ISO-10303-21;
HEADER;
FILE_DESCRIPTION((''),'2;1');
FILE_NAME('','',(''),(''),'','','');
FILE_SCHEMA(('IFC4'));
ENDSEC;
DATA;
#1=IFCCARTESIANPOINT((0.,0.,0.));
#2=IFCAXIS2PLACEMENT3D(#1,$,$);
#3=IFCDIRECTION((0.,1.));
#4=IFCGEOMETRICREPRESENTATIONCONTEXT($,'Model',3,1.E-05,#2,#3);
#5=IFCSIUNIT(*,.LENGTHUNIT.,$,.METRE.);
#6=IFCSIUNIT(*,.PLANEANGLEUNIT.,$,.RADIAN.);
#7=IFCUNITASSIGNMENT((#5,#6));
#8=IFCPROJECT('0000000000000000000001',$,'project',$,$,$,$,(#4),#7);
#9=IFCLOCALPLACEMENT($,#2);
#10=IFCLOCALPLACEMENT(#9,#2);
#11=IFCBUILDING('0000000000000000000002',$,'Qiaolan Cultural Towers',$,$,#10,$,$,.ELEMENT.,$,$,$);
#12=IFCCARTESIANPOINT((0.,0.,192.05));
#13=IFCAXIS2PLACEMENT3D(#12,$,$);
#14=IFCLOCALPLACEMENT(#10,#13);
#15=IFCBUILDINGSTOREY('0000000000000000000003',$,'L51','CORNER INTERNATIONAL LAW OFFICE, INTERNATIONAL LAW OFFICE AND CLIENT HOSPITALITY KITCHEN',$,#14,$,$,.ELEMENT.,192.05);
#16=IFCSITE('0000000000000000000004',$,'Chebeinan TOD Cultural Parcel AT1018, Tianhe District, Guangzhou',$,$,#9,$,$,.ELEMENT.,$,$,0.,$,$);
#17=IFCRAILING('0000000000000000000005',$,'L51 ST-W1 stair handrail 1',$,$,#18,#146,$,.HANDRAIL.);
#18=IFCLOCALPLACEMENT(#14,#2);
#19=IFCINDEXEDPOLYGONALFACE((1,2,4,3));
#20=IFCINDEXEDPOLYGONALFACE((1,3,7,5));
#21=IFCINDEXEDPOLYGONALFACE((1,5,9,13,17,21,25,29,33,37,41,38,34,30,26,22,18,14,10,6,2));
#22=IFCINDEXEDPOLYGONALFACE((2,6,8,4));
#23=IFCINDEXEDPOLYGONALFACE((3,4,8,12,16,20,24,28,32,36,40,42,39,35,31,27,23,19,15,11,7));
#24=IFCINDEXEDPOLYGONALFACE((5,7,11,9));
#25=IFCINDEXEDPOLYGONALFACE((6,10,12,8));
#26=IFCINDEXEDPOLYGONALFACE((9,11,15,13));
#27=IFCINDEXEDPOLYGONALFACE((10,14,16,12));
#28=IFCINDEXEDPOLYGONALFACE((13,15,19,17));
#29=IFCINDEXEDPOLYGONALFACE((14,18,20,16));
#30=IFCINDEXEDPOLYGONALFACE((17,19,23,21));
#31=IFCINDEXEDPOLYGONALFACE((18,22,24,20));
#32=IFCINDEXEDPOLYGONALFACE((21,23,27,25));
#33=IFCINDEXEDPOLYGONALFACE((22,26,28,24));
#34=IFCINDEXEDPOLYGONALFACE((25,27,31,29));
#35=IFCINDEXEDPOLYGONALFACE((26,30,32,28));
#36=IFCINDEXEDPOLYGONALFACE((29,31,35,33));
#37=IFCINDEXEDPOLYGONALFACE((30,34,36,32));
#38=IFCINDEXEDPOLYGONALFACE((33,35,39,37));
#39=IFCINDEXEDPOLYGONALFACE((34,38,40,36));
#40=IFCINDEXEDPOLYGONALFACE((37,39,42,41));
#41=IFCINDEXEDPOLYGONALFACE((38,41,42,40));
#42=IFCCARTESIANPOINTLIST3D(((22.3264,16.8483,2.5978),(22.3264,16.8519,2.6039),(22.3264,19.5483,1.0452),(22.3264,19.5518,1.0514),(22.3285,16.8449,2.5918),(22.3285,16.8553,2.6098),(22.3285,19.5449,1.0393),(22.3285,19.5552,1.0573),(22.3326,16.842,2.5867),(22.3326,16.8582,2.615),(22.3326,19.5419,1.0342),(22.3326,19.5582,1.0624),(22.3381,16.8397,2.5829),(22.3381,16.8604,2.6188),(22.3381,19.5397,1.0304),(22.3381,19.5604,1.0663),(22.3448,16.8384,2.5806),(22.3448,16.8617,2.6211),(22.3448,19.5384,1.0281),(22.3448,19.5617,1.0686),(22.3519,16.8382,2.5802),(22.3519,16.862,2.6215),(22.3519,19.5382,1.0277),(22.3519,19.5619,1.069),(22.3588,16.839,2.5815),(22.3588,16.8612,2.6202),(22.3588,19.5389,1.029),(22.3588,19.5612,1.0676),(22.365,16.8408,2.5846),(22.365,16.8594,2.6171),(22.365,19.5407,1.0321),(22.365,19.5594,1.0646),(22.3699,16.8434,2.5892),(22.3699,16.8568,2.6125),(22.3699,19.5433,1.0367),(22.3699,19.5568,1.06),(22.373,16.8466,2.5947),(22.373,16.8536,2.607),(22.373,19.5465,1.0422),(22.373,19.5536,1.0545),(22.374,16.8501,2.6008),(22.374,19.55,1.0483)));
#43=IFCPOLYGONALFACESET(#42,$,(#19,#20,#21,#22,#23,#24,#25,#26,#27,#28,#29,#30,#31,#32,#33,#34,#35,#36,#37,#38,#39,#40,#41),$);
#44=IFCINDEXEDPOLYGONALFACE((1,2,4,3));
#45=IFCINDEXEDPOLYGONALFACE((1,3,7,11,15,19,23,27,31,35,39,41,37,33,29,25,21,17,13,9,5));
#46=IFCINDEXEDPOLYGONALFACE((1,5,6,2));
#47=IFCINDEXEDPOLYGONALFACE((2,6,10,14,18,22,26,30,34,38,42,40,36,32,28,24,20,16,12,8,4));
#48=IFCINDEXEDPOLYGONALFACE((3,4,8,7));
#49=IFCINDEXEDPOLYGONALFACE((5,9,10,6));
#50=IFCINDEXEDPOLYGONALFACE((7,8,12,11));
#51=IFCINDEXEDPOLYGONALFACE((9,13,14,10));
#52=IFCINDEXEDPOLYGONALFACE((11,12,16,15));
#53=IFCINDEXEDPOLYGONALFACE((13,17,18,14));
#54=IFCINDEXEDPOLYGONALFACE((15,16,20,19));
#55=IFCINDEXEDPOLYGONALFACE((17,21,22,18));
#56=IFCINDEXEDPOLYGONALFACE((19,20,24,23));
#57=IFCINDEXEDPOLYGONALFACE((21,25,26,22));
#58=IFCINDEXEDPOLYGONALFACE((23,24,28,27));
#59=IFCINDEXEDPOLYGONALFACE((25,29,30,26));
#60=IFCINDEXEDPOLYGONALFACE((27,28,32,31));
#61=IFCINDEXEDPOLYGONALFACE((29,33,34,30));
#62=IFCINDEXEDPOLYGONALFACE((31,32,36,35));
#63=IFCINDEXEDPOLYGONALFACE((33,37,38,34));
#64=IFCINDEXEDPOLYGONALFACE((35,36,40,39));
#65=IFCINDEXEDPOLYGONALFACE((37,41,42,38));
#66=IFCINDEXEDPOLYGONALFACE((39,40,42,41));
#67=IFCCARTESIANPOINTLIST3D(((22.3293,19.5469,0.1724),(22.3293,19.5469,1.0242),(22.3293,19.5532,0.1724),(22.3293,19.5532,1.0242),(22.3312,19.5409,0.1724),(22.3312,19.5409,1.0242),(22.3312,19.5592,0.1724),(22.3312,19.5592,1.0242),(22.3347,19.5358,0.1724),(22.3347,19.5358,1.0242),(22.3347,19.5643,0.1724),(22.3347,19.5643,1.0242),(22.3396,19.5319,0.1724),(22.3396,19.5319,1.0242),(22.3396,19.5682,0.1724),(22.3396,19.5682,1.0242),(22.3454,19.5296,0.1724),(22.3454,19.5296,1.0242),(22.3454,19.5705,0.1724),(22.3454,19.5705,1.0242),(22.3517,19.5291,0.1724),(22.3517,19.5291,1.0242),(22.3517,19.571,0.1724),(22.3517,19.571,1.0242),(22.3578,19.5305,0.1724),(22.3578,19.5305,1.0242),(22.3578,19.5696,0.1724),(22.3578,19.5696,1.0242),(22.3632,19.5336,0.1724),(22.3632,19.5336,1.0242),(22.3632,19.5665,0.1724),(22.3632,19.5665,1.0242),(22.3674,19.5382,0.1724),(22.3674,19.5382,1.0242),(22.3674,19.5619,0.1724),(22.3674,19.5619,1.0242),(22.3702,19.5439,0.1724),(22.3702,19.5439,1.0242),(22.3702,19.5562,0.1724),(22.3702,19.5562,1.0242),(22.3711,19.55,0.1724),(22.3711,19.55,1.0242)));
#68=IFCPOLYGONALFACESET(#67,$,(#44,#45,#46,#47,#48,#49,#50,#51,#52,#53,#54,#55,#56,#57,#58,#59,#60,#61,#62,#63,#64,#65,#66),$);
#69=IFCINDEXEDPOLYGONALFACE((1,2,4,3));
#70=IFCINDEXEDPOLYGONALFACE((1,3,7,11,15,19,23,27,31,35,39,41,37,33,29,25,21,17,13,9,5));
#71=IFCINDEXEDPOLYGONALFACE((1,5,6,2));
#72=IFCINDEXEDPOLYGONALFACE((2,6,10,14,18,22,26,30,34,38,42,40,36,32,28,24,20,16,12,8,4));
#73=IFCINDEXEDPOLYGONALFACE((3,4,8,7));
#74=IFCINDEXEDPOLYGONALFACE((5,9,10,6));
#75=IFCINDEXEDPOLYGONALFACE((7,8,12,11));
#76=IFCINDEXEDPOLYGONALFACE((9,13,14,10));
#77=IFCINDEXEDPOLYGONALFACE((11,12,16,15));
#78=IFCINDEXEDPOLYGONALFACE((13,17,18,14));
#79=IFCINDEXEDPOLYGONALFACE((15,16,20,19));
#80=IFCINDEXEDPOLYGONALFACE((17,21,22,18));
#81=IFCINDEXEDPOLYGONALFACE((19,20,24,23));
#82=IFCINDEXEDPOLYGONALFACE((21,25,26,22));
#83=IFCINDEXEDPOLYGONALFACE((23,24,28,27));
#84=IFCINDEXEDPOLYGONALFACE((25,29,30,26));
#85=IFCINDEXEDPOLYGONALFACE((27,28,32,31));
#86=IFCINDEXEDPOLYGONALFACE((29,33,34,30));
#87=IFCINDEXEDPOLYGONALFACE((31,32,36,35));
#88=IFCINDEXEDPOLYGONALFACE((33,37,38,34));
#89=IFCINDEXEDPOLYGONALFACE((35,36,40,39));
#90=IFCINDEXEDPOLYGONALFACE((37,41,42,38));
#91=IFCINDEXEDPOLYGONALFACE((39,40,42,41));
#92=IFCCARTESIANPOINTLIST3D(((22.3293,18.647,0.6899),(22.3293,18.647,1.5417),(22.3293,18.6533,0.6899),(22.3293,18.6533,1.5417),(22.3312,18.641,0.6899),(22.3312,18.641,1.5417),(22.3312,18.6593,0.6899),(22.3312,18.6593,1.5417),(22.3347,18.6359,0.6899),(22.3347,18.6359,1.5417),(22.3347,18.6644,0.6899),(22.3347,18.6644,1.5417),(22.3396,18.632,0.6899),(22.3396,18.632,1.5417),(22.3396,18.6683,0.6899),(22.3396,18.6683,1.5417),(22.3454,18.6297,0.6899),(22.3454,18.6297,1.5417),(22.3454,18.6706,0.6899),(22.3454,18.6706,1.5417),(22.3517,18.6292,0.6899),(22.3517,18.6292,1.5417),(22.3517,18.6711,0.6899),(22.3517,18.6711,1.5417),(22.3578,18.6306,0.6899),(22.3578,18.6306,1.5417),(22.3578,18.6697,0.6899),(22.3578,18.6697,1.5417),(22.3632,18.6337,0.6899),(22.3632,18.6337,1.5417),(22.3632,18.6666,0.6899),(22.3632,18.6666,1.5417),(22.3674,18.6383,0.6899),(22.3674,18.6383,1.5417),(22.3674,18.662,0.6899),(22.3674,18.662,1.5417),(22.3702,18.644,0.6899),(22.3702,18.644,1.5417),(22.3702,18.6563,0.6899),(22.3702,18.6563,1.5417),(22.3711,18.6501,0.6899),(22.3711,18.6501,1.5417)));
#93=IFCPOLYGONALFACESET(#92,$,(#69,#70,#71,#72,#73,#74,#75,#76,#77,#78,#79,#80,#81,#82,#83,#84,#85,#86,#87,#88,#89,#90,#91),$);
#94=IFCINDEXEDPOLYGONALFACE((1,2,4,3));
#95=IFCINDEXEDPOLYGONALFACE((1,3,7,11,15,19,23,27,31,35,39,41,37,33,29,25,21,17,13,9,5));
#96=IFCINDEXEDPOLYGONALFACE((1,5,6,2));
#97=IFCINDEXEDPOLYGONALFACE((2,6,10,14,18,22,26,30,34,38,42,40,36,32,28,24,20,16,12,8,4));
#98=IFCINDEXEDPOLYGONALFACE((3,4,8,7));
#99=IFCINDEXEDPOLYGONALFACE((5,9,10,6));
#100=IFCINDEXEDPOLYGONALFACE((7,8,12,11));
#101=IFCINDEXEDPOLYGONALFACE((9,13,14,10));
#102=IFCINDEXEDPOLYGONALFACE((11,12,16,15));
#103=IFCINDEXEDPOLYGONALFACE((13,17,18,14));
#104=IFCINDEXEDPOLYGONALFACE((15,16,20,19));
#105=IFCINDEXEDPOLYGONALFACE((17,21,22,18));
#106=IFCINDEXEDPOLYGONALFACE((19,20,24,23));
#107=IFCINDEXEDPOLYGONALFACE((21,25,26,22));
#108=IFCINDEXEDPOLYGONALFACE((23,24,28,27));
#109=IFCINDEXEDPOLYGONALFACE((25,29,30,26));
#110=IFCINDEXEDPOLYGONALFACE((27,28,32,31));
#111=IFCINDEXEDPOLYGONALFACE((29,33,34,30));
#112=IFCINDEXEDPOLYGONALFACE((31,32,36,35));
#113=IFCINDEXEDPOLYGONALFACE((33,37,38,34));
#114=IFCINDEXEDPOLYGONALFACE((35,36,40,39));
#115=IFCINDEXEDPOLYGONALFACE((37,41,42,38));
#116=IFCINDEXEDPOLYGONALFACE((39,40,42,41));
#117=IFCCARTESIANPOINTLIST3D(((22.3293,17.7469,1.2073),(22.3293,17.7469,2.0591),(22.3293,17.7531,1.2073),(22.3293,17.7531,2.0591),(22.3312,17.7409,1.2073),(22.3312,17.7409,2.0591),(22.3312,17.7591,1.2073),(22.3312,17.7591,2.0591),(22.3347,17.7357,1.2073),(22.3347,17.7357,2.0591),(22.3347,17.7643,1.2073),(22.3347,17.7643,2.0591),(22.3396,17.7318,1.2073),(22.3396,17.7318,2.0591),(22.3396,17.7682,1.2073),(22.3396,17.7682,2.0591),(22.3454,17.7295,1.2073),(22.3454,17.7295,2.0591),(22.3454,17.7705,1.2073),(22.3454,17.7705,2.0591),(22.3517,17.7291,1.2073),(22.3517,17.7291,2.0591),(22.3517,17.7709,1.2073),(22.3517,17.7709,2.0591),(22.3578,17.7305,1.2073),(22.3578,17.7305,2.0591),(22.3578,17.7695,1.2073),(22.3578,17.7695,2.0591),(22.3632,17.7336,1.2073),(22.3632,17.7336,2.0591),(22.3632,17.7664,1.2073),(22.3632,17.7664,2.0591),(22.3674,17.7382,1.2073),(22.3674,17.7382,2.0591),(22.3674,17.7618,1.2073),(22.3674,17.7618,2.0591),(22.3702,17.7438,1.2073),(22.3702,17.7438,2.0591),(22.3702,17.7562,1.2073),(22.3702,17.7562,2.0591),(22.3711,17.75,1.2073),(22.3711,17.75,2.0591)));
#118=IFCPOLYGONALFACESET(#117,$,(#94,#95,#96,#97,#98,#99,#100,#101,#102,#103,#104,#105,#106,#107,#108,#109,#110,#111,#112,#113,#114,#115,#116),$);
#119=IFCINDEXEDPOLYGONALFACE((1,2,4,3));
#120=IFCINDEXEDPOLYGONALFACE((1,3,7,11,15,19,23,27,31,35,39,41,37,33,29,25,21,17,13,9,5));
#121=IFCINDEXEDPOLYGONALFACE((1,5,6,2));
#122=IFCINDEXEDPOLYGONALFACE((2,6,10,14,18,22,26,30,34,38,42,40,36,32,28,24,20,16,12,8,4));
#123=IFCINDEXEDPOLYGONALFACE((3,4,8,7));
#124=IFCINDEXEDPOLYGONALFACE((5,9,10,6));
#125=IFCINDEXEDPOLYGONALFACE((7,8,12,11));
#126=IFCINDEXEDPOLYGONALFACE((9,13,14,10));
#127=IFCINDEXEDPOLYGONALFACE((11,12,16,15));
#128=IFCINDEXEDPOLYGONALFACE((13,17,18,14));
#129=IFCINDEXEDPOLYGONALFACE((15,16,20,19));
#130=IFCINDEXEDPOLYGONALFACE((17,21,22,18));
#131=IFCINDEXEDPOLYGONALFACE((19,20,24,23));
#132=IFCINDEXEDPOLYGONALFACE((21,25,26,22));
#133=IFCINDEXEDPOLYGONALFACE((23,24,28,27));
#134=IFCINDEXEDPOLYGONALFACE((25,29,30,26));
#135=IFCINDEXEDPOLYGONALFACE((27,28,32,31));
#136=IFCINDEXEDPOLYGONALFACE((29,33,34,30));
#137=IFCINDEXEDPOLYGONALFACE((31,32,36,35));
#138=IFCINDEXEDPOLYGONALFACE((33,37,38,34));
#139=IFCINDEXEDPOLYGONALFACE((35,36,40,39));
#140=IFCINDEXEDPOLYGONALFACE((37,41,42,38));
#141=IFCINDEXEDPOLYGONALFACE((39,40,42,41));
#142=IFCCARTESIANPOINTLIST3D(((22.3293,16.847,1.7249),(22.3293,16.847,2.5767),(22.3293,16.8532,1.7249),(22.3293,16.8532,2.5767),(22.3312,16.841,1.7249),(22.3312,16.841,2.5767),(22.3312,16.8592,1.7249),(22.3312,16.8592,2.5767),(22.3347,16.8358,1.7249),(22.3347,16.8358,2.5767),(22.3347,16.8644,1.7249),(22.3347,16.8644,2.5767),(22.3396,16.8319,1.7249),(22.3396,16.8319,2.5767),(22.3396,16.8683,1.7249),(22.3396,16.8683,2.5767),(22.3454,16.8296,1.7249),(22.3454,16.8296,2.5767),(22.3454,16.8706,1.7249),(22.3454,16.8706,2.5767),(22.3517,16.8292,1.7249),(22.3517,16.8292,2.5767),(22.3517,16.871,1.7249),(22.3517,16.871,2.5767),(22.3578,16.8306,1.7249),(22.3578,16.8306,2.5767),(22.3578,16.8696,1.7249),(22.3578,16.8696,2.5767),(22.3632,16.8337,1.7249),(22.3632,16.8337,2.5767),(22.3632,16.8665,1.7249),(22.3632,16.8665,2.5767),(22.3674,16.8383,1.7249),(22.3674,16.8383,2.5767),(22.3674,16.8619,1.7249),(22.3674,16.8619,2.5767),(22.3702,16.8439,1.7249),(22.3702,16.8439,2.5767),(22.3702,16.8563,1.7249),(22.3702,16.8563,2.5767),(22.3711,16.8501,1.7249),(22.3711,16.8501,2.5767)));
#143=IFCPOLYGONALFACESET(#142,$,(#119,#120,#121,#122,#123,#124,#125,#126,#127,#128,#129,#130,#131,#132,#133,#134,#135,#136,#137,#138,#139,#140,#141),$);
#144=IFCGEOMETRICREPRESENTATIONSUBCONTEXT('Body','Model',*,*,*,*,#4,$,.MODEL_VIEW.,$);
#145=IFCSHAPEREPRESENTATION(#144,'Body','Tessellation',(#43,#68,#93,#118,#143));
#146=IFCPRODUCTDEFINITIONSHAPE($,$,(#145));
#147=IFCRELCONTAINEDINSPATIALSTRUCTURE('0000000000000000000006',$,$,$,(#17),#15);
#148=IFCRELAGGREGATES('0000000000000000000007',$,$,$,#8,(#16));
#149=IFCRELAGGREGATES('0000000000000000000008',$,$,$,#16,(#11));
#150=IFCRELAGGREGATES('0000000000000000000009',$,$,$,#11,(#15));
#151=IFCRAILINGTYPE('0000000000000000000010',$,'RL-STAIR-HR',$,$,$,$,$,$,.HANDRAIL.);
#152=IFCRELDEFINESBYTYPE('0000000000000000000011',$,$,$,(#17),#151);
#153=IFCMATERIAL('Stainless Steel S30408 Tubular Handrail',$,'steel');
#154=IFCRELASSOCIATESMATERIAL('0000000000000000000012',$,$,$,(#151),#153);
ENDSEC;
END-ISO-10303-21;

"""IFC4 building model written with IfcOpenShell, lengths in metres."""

from ifc_helpers import new_model, si_unit, direction, frame, origin, origin_2d, place, context, subcontext, project, spatial, circle, extrude, material, type_object, element, save


model = new_model("IFC4")

# Units and contexts
model_context = context("Model", 3, precision=1e-05, world=origin(), true_north=direction((0.0, 1.0)))
body_context = subcontext(model_context, "Body", "Model", "MODEL_VIEW")
ifc_project = project(units=[si_unit("LENGTHUNIT", "METRE"), si_unit("PLANEANGLEUNIT", "RADIAN")], contexts=[model_context])

# Site, building, storey
site_placement = place(None, origin())
site = spatial("IfcSite", under=ifc_project, at=site_placement, Name="Chebeinan TOD Cultural Parcel AT1018, Tianhe District, Guangzhou", CompositionType="ELEMENT", RefElevation=0.0)
building_placement = place(site_placement, origin())
building = spatial("IfcBuilding", under=site, at=building_placement, Name="Qiaolan Cultural Towers", CompositionType="ELEMENT")
storey_placement = place(building_placement, frame((0.0, 0.0, 192.05)))
storey = spatial("IfcBuildingStorey", under=building, at=storey_placement, Name="L51", Description="CORNER INTERNATIONAL LAW OFFICE, INTERNATIONAL LAW OFFICE AND CLIENT HOSPITALITY KITCHEN", CompositionType="ELEMENT", Elevation=192.05)

# Railing
ifc_material_1 = material(Name="Stainless Steel S30408 Tubular Handrail", Category="steel")
railing_type_1 = type_object("IfcRailingType", Name="RL-STAIR-HR", PredefinedType="HANDRAIL", material=ifc_material_1)
railing_1_placement = place(storey_placement, frame((22.3501, 19.55, 0.1724)))
element("IfcRailing", 1, at=railing_1_placement, inside=storey, type_object=railing_type_1, Name="L51 ST-W1 stair handrail 1", PredefinedType="HANDRAIL", context=body_context, shape_type="SweptSolid", body=[
    extrude(circle(Radius=0.0239, at=origin_2d()), frame((0.0, 0.0, 0.876), z_axis=(0.0, -0.866904, 0.498476), x_axis=(1.0, 0.0, 0.0)), (0.0, 0.0, 1.0), 3.1145),
    extrude(circle(Radius=0.021, at=origin_2d()), origin(), (0.0, 0.0, 1.0), 0.8518),
    extrude(circle(Radius=0.021, at=origin_2d()), frame((0.0, -0.8999, 0.5176)), (0.0, 0.0, 1.0), 0.8518),
    extrude(circle(Radius=0.021, at=origin_2d()), frame((0.0, -1.8, 1.0349)), (0.0, 0.0, 1.0), 0.8518),
    extrude(circle(Radius=0.021, at=origin_2d()), frame((0.0, -2.7, 1.5525)), (0.0, 0.0, 1.0), 0.8518),
])

save(model, "model.ifc")
